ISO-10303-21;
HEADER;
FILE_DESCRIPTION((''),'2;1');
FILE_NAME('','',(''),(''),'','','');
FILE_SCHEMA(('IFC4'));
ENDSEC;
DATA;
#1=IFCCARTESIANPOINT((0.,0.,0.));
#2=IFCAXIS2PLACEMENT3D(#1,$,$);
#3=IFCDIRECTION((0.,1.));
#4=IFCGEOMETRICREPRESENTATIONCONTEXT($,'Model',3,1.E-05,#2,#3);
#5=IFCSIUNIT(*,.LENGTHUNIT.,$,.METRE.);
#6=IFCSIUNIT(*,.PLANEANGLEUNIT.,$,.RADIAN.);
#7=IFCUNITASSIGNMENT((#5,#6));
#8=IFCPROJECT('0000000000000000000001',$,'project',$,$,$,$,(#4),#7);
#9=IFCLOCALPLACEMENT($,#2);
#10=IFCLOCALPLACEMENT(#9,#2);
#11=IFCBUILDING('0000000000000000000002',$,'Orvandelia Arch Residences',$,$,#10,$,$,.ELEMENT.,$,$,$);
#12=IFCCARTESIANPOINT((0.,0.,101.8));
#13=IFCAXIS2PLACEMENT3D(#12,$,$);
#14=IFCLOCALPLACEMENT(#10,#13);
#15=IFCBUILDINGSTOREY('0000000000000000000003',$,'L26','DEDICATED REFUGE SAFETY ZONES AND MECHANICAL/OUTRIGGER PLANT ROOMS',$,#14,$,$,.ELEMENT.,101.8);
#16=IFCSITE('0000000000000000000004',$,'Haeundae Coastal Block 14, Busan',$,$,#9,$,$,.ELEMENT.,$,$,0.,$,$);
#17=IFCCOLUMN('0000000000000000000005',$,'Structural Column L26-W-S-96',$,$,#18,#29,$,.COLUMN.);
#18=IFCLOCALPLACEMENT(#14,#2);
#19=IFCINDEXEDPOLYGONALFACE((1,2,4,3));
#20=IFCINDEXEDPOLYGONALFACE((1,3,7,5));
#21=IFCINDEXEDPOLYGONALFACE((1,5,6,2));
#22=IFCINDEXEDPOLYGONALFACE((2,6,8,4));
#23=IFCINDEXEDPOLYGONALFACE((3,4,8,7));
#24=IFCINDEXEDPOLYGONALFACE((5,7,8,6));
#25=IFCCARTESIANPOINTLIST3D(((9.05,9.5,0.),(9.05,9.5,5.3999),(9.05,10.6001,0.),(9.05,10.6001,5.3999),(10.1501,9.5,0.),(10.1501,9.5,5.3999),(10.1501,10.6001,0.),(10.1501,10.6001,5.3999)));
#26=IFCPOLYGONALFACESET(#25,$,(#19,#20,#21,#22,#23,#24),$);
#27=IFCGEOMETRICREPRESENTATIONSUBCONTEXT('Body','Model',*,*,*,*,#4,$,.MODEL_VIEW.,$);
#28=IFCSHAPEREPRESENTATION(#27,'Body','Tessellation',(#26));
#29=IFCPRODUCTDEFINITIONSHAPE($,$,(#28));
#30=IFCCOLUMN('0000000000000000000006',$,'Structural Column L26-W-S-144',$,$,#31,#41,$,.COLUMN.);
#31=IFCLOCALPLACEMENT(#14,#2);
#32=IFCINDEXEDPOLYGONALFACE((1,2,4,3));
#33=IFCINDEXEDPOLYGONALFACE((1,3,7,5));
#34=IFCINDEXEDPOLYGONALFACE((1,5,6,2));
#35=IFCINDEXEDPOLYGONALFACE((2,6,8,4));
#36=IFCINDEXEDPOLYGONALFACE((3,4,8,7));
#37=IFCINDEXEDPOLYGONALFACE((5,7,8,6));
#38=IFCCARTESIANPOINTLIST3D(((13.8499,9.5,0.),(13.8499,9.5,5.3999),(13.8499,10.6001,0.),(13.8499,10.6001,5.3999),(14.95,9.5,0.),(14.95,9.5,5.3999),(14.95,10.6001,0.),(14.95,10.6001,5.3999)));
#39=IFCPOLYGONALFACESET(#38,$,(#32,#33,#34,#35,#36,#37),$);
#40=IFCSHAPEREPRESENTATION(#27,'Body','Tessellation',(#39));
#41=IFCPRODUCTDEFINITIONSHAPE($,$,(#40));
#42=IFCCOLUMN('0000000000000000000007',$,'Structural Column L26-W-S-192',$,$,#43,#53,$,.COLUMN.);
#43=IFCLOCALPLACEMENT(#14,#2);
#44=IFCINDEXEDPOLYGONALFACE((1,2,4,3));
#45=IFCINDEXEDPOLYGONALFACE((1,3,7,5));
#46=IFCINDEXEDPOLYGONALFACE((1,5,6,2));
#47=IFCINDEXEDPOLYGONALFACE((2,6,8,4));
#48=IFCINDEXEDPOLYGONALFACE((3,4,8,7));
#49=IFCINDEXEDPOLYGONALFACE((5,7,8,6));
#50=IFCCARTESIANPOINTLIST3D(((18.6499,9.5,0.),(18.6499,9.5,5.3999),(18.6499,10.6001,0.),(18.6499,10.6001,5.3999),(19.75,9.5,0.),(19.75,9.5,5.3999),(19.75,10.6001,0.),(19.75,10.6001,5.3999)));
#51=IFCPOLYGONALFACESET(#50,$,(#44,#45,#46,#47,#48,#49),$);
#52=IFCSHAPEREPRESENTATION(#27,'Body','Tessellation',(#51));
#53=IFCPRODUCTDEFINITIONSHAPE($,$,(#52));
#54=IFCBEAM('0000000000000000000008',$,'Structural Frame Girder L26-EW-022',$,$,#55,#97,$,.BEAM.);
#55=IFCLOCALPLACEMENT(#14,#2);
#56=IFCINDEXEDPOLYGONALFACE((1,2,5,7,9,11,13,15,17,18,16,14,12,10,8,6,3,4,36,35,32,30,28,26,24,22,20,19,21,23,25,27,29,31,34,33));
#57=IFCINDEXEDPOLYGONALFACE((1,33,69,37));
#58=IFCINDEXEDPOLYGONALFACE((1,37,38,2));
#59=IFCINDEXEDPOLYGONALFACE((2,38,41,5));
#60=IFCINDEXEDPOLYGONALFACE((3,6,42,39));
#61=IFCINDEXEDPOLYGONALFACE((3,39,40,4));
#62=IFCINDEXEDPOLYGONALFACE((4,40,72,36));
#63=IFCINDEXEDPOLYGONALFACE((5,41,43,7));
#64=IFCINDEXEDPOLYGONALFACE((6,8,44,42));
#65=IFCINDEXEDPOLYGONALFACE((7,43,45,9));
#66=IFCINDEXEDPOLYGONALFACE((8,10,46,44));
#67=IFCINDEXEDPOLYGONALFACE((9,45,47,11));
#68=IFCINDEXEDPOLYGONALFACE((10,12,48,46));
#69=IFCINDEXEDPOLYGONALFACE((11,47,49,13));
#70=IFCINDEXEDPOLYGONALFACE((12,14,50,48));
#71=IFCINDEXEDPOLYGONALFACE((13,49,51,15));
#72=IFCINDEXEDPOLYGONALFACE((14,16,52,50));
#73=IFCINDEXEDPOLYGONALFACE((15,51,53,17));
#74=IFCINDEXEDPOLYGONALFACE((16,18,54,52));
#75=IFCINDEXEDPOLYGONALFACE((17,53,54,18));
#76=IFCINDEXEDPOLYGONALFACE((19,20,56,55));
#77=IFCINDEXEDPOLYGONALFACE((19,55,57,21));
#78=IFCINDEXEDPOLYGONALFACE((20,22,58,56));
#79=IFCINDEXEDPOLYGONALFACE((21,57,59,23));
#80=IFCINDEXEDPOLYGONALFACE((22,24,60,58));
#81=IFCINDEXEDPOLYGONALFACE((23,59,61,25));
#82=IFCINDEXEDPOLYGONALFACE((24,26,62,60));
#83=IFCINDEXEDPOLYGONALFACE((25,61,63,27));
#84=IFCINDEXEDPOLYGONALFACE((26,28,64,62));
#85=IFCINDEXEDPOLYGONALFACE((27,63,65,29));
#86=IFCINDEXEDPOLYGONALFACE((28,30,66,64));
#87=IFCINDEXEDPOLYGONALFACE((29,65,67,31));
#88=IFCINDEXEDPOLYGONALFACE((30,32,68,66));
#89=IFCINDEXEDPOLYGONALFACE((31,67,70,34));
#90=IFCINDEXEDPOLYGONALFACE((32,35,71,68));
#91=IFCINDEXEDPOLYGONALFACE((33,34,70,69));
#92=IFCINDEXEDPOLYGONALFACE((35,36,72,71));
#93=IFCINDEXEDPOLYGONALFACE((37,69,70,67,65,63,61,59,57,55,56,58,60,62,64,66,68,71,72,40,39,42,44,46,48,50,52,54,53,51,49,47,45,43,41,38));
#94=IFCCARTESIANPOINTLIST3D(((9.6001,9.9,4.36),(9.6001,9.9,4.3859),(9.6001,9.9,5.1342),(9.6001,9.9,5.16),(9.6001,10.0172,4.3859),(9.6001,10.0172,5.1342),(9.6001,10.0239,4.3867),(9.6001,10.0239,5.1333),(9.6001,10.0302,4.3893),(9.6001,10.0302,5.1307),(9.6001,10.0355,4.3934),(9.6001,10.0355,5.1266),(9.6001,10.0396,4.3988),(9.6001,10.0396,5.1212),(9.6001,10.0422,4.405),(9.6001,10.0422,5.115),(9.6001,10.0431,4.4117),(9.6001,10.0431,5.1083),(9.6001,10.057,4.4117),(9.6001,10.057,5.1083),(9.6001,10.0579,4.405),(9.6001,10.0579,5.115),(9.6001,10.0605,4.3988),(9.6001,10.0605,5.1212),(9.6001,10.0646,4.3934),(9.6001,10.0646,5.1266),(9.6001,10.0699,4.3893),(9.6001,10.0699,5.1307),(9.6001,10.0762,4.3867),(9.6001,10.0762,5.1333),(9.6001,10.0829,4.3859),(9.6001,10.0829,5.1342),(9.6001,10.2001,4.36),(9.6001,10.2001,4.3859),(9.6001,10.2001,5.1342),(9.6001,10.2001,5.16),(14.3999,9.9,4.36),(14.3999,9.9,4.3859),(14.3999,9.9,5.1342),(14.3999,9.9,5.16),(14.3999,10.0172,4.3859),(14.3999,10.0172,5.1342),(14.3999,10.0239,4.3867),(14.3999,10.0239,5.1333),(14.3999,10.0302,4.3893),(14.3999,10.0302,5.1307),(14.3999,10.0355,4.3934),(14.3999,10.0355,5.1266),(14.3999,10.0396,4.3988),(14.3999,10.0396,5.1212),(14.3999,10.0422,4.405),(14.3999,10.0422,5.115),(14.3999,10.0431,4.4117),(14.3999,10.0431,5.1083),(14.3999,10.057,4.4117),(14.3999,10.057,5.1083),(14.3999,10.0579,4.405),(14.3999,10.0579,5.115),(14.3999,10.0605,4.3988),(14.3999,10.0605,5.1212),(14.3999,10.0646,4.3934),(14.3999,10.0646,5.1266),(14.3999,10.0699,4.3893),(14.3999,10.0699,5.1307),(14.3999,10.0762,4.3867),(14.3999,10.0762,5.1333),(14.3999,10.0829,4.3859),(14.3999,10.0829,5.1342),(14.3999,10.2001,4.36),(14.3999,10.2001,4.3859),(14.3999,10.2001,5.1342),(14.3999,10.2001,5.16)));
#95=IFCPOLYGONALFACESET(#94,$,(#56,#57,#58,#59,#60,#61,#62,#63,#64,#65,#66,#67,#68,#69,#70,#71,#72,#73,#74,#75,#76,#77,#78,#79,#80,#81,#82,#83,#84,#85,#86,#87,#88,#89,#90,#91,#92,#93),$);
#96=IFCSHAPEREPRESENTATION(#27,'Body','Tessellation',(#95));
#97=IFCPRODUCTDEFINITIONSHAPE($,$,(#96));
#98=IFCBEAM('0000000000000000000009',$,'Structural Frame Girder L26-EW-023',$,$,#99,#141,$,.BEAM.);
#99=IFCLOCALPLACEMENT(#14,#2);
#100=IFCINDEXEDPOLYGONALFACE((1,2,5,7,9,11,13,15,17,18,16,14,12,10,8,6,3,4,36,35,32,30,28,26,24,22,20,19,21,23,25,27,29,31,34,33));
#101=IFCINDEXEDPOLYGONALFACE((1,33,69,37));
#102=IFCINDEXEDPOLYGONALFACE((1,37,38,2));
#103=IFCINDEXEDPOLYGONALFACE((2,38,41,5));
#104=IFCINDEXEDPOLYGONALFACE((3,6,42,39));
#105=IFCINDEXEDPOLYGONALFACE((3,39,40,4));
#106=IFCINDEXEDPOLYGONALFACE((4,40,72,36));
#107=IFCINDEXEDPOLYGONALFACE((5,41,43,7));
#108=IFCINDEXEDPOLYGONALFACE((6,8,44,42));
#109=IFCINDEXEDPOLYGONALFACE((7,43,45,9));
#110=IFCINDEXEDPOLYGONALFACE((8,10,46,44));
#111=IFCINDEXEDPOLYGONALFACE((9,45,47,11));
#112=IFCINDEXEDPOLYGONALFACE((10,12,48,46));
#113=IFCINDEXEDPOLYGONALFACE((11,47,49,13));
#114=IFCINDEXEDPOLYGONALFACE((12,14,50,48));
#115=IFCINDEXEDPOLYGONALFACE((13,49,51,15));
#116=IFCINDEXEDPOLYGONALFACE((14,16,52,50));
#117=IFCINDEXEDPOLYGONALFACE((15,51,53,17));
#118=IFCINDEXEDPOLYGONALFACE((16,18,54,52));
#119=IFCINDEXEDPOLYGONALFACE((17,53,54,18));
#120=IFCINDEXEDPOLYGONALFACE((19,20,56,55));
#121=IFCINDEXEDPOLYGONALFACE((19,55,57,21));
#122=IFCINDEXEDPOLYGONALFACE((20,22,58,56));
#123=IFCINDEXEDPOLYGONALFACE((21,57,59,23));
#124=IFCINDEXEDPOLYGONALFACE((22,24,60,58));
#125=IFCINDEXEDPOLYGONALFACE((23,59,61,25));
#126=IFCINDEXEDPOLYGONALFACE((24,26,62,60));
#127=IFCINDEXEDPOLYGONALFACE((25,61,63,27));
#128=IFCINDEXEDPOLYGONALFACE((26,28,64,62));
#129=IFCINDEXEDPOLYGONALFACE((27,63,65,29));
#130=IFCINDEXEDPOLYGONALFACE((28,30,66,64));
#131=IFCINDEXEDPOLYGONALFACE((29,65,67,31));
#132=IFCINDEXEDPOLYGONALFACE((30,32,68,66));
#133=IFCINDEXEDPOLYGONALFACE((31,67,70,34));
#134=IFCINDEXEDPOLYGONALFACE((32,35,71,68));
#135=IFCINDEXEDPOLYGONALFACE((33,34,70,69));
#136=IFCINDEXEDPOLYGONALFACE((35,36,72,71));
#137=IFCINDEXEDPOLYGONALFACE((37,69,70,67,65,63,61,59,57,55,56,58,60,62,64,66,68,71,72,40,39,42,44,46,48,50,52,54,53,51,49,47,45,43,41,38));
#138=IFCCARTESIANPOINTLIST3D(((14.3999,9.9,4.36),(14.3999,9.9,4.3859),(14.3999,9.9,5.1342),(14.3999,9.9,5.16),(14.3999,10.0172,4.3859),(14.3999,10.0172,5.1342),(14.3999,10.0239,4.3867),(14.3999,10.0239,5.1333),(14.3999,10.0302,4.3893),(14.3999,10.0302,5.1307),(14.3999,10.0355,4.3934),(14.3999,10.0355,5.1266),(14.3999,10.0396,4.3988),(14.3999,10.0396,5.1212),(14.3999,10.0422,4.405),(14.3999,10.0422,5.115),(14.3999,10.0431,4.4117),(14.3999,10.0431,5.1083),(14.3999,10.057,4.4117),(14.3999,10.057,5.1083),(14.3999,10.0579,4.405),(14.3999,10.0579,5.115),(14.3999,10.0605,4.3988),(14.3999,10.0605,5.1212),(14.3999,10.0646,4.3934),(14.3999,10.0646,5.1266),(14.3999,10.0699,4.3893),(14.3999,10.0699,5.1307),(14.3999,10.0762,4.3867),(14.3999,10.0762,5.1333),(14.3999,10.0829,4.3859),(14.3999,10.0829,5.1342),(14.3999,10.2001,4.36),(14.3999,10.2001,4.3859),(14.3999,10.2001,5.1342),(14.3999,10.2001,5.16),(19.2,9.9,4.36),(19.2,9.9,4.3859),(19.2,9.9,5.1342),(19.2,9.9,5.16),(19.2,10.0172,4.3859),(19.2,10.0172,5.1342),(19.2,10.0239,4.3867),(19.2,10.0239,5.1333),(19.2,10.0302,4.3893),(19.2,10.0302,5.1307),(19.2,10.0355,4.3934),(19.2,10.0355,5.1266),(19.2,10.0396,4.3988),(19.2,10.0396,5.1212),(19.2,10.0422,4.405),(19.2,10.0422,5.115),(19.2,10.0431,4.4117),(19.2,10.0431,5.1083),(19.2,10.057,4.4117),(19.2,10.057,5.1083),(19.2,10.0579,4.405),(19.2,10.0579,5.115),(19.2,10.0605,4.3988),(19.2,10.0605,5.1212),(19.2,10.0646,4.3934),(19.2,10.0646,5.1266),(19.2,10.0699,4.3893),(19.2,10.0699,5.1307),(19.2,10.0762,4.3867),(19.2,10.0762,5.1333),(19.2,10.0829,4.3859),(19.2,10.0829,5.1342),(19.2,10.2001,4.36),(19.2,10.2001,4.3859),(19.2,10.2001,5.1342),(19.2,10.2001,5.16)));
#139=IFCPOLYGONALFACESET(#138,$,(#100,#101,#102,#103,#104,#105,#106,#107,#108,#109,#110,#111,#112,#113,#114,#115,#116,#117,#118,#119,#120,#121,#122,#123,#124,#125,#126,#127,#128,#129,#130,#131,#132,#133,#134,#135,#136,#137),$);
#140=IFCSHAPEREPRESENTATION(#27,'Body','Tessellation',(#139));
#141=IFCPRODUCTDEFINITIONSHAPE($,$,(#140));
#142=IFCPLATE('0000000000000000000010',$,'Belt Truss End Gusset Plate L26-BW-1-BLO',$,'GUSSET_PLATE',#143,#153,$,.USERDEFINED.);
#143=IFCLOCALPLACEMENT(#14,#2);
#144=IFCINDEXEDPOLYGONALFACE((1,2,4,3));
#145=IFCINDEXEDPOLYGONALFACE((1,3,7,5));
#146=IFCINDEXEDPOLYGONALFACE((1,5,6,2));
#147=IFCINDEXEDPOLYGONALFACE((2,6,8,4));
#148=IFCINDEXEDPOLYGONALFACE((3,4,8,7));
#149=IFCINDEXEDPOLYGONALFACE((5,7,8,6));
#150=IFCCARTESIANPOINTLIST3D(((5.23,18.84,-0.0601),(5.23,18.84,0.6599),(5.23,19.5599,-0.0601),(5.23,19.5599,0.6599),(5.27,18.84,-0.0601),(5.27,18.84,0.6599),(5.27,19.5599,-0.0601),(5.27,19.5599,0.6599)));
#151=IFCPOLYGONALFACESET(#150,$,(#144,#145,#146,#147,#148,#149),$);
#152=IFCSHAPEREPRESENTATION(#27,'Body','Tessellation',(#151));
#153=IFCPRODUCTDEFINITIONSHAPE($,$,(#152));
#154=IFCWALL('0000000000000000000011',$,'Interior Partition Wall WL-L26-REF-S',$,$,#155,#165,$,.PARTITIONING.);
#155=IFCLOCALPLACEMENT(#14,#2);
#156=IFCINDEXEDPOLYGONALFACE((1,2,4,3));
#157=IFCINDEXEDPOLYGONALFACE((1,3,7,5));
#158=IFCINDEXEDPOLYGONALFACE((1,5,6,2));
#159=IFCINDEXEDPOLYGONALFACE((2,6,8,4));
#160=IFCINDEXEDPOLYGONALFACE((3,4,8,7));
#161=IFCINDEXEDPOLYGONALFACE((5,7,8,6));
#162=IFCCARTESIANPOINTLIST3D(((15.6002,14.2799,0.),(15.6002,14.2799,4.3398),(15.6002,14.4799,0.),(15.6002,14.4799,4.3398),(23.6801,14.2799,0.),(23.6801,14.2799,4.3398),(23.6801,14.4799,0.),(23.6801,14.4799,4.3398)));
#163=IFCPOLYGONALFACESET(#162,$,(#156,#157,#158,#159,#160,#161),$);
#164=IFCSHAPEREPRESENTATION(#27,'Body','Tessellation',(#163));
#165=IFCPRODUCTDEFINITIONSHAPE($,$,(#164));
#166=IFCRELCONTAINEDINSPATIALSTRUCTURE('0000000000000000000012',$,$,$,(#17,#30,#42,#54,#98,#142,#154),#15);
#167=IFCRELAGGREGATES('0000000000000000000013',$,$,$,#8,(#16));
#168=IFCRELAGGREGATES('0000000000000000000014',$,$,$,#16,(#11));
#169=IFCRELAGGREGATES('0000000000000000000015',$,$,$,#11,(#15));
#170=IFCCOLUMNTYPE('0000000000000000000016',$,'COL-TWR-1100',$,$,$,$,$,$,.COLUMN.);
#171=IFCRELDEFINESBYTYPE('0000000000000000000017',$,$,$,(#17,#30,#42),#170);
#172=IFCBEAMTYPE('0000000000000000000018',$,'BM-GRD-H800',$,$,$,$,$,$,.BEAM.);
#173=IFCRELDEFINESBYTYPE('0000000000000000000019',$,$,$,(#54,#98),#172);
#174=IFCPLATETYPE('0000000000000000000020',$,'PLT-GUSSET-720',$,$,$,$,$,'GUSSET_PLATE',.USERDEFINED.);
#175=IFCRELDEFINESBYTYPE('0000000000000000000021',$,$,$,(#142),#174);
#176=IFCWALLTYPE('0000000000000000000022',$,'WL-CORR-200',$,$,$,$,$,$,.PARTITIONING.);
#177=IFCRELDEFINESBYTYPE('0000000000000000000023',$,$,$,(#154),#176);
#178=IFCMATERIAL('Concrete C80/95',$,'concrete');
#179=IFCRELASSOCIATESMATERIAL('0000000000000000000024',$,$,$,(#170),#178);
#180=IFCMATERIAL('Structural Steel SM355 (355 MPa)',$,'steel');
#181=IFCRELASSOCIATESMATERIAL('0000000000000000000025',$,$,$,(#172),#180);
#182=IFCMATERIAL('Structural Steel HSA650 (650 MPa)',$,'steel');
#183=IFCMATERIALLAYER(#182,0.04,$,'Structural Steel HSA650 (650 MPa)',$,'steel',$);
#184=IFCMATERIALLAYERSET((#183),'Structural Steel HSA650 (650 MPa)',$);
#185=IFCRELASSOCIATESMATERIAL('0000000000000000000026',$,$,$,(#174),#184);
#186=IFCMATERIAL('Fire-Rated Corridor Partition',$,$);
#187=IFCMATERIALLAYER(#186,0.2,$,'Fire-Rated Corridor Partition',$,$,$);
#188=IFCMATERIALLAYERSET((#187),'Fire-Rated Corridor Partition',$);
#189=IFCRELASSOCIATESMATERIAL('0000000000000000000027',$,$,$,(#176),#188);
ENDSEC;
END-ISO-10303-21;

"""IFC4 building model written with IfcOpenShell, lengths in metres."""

from ifc_helpers import new_model, si_unit, direction, frame, frame_2d, origin, origin_2d, place, context, subcontext, project, spatial, rectangle, i_section, extrude, material, layer, layer_set, material_profile, profile_set, type_object, element, save


model = new_model("IFC4")

# Units and contexts
model_context = context("Model", 3, precision=1e-05, world=origin(), true_north=direction((0.0, 1.0)))
body_context = subcontext(model_context, "Body", "Model", "MODEL_VIEW")
ifc_project = project(units=[si_unit("LENGTHUNIT", "METRE"), si_unit("PLANEANGLEUNIT", "RADIAN")], contexts=[model_context])

# Site, building, storey
site_placement = place(None, origin())
site = spatial("IfcSite", under=ifc_project, at=site_placement, Name="Haeundae Coastal Block 14, Busan", CompositionType="ELEMENT", RefElevation=0.0)
building_placement = place(site_placement, origin())
building = spatial("IfcBuilding", under=site, at=building_placement, Name="Orvandelia Arch Residences", CompositionType="ELEMENT")
storey_placement = place(building_placement, frame((0.0, 0.0, 101.8)))
storey = spatial("IfcBuildingStorey", under=building, at=storey_placement, Name="L26", Description="DEDICATED REFUGE SAFETY ZONES AND MECHANICAL/OUTRIGGER PLANT ROOMS", CompositionType="ELEMENT", Elevation=101.8)

# Columns
ifc_material_1 = material(Name="Concrete C80/95", Category="concrete")
ifc_material_profile_1 = material_profile(ifc_material_1, rectangle(XDim=1.1001, YDim=1.1001, at=origin_2d()), Name="Concrete C80/95", Category="concrete")
ifc_profile_set_1 = profile_set([ifc_material_profile_1], Name="Concrete C80/95")
column_type = type_object("IfcColumnType", Name="COL-TWR-1100", PredefinedType="COLUMN", material=ifc_profile_set_1)
for number, where, z_axis, x_axis, name in (
    (1, (9.6001, 10.05, 0.0), (0.0, 0.0, 1.0), (1.0, 0.0, 0.0), "Structural Column L26-W-S-96"),
    (2, (14.3999, 10.05, 0.0), (0.0, 0.0, 1.0), (1.0, 0.0, 0.0), "Structural Column L26-W-S-144"),
    (3, (19.2, 10.05, 0.0), (0.0, 0.0, 1.0), (1.0, 0.0, 0.0), "Structural Column L26-W-S-192"),
):
    element("IfcColumn", number, at=place(storey_placement, frame(where, z_axis=z_axis, x_axis=x_axis)), inside=storey, type_object=column_type, Name=name, PredefinedType="COLUMN", context=body_context, shape_type="SweptSolid", body=[
        extrude(rectangle(XDim=1.1001, YDim=1.1001, at=origin_2d()), origin(), (0.0, 0.0, 1.0), 5.3999),
    ])

# Beams
ifc_material_2 = material(Name="Structural Steel SM355 (355 MPa)", Category="steel")
ifc_material_profile_2 = material_profile(ifc_material_2, i_section(OverallWidth=0.3, OverallDepth=0.8, WebThickness=0.0139, FlangeThickness=0.0259, FilletRadius=0.0259, at=origin_2d()), Name="Structural Steel SM355 (355 MPa)", Category="steel")
ifc_profile_set_2 = profile_set([ifc_material_profile_2], Name="Structural Steel SM355 (355 MPa)")
beam_type = type_object("IfcBeamType", Name="BM-GRD-H800", PredefinedType="BEAM", material=ifc_profile_set_2)
beam_1_placement = place(storey_placement, frame((9.6001, 10.05, 4.76), z_axis=(1.0, 0.0, 0.0), x_axis=(0.0, 1.0, 0.0)))
element("IfcBeam", 4, at=beam_1_placement, inside=storey, type_object=beam_type, Name="Structural Frame Girder L26-EW-022", PredefinedType="BEAM", context=body_context, shape_type="SweptSolid", body=[
    extrude(i_section(OverallWidth=0.3, OverallDepth=0.8, WebThickness=0.0139, FlangeThickness=0.0259, FilletRadius=0.0259, at=origin_2d()), origin(), (0.0, 0.0, 1.0), 4.7998),
])
beam_2_placement = place(storey_placement, frame((14.3999, 10.05, 4.76), z_axis=(1.0, 0.0, 0.0), x_axis=(0.0, 1.0, 0.0)))
element("IfcBeam", 5, at=beam_2_placement, inside=storey, type_object=beam_type, Name="Structural Frame Girder L26-EW-023", PredefinedType="BEAM", context=body_context, shape_type="SweptSolid", body=[
    extrude(i_section(OverallWidth=0.3, OverallDepth=0.8, WebThickness=0.0139, FlangeThickness=0.0259, FilletRadius=0.0259, at=origin_2d()), origin(), (0.0, 0.0, 1.0), 4.8),
])

# Plate
ifc_material_3 = material(Name="Structural Steel HSA650 (650 MPa)", Category="steel")
ifc_layer_1 = layer(ifc_material_3, 0.04, Name="Structural Steel HSA650 (650 MPa)", Category="steel")
ifc_layer_set_1 = layer_set([ifc_layer_1], Name="Structural Steel HSA650 (650 MPa)")
plate_type = type_object("IfcPlateType", Name="PLT-GUSSET-720", ElementType="GUSSET_PLATE", PredefinedType="USERDEFINED", material=ifc_layer_set_1)
plate_placement = place(storey_placement, frame((5.25, 19.2, -0.0601), z_axis=(0.0, 0.0, 1.0), x_axis=(0.0, 1.0, 0.0)))
element("IfcPlate", 6, at=plate_placement, inside=storey, type_object=plate_type, Name="Belt Truss End Gusset Plate L26-BW-1-BLO", ObjectType="GUSSET_PLATE", PredefinedType="USERDEFINED", context=body_context, shape_type="SweptSolid", body=[
    extrude(rectangle(XDim=0.72, YDim=0.04, at=origin_2d()), origin(), (0.0, 0.0, 1.0), 0.72),
])

# Shared definitions
ifc_material_4 = material(Name="Fire-Rated Corridor Partition")
ifc_layer_2 = layer(ifc_material_4, 0.2, Name="Fire-Rated Corridor Partition")
ifc_layer_set_2 = layer_set([ifc_layer_2], Name="Fire-Rated Corridor Partition")
wall_type_1 = type_object("IfcWallType", Name="WL-CORR-200", PredefinedType="PARTITIONING", material=ifc_layer_set_2)

# Wall
wall_1_placement = place(storey_placement, frame((15.6001, 14.3799, 0.0), z_axis=(0.0, 0.0, 1.0), x_axis=(1.0, 0.0, 0.0)))
element("IfcWall", 7, at=wall_1_placement, inside=storey, type_object=wall_type_1, Name="Interior Partition Wall WL-L26-REF-S", PredefinedType="PARTITIONING", context=body_context, shape_type="SweptSolid", body=[
    extrude(rectangle(XDim=8.0798, YDim=0.2, at=frame_2d((4.04, 0.0))), origin(), (0.0, 0.0, 1.0), 4.3398),
])

save(model, "model.ifc")
